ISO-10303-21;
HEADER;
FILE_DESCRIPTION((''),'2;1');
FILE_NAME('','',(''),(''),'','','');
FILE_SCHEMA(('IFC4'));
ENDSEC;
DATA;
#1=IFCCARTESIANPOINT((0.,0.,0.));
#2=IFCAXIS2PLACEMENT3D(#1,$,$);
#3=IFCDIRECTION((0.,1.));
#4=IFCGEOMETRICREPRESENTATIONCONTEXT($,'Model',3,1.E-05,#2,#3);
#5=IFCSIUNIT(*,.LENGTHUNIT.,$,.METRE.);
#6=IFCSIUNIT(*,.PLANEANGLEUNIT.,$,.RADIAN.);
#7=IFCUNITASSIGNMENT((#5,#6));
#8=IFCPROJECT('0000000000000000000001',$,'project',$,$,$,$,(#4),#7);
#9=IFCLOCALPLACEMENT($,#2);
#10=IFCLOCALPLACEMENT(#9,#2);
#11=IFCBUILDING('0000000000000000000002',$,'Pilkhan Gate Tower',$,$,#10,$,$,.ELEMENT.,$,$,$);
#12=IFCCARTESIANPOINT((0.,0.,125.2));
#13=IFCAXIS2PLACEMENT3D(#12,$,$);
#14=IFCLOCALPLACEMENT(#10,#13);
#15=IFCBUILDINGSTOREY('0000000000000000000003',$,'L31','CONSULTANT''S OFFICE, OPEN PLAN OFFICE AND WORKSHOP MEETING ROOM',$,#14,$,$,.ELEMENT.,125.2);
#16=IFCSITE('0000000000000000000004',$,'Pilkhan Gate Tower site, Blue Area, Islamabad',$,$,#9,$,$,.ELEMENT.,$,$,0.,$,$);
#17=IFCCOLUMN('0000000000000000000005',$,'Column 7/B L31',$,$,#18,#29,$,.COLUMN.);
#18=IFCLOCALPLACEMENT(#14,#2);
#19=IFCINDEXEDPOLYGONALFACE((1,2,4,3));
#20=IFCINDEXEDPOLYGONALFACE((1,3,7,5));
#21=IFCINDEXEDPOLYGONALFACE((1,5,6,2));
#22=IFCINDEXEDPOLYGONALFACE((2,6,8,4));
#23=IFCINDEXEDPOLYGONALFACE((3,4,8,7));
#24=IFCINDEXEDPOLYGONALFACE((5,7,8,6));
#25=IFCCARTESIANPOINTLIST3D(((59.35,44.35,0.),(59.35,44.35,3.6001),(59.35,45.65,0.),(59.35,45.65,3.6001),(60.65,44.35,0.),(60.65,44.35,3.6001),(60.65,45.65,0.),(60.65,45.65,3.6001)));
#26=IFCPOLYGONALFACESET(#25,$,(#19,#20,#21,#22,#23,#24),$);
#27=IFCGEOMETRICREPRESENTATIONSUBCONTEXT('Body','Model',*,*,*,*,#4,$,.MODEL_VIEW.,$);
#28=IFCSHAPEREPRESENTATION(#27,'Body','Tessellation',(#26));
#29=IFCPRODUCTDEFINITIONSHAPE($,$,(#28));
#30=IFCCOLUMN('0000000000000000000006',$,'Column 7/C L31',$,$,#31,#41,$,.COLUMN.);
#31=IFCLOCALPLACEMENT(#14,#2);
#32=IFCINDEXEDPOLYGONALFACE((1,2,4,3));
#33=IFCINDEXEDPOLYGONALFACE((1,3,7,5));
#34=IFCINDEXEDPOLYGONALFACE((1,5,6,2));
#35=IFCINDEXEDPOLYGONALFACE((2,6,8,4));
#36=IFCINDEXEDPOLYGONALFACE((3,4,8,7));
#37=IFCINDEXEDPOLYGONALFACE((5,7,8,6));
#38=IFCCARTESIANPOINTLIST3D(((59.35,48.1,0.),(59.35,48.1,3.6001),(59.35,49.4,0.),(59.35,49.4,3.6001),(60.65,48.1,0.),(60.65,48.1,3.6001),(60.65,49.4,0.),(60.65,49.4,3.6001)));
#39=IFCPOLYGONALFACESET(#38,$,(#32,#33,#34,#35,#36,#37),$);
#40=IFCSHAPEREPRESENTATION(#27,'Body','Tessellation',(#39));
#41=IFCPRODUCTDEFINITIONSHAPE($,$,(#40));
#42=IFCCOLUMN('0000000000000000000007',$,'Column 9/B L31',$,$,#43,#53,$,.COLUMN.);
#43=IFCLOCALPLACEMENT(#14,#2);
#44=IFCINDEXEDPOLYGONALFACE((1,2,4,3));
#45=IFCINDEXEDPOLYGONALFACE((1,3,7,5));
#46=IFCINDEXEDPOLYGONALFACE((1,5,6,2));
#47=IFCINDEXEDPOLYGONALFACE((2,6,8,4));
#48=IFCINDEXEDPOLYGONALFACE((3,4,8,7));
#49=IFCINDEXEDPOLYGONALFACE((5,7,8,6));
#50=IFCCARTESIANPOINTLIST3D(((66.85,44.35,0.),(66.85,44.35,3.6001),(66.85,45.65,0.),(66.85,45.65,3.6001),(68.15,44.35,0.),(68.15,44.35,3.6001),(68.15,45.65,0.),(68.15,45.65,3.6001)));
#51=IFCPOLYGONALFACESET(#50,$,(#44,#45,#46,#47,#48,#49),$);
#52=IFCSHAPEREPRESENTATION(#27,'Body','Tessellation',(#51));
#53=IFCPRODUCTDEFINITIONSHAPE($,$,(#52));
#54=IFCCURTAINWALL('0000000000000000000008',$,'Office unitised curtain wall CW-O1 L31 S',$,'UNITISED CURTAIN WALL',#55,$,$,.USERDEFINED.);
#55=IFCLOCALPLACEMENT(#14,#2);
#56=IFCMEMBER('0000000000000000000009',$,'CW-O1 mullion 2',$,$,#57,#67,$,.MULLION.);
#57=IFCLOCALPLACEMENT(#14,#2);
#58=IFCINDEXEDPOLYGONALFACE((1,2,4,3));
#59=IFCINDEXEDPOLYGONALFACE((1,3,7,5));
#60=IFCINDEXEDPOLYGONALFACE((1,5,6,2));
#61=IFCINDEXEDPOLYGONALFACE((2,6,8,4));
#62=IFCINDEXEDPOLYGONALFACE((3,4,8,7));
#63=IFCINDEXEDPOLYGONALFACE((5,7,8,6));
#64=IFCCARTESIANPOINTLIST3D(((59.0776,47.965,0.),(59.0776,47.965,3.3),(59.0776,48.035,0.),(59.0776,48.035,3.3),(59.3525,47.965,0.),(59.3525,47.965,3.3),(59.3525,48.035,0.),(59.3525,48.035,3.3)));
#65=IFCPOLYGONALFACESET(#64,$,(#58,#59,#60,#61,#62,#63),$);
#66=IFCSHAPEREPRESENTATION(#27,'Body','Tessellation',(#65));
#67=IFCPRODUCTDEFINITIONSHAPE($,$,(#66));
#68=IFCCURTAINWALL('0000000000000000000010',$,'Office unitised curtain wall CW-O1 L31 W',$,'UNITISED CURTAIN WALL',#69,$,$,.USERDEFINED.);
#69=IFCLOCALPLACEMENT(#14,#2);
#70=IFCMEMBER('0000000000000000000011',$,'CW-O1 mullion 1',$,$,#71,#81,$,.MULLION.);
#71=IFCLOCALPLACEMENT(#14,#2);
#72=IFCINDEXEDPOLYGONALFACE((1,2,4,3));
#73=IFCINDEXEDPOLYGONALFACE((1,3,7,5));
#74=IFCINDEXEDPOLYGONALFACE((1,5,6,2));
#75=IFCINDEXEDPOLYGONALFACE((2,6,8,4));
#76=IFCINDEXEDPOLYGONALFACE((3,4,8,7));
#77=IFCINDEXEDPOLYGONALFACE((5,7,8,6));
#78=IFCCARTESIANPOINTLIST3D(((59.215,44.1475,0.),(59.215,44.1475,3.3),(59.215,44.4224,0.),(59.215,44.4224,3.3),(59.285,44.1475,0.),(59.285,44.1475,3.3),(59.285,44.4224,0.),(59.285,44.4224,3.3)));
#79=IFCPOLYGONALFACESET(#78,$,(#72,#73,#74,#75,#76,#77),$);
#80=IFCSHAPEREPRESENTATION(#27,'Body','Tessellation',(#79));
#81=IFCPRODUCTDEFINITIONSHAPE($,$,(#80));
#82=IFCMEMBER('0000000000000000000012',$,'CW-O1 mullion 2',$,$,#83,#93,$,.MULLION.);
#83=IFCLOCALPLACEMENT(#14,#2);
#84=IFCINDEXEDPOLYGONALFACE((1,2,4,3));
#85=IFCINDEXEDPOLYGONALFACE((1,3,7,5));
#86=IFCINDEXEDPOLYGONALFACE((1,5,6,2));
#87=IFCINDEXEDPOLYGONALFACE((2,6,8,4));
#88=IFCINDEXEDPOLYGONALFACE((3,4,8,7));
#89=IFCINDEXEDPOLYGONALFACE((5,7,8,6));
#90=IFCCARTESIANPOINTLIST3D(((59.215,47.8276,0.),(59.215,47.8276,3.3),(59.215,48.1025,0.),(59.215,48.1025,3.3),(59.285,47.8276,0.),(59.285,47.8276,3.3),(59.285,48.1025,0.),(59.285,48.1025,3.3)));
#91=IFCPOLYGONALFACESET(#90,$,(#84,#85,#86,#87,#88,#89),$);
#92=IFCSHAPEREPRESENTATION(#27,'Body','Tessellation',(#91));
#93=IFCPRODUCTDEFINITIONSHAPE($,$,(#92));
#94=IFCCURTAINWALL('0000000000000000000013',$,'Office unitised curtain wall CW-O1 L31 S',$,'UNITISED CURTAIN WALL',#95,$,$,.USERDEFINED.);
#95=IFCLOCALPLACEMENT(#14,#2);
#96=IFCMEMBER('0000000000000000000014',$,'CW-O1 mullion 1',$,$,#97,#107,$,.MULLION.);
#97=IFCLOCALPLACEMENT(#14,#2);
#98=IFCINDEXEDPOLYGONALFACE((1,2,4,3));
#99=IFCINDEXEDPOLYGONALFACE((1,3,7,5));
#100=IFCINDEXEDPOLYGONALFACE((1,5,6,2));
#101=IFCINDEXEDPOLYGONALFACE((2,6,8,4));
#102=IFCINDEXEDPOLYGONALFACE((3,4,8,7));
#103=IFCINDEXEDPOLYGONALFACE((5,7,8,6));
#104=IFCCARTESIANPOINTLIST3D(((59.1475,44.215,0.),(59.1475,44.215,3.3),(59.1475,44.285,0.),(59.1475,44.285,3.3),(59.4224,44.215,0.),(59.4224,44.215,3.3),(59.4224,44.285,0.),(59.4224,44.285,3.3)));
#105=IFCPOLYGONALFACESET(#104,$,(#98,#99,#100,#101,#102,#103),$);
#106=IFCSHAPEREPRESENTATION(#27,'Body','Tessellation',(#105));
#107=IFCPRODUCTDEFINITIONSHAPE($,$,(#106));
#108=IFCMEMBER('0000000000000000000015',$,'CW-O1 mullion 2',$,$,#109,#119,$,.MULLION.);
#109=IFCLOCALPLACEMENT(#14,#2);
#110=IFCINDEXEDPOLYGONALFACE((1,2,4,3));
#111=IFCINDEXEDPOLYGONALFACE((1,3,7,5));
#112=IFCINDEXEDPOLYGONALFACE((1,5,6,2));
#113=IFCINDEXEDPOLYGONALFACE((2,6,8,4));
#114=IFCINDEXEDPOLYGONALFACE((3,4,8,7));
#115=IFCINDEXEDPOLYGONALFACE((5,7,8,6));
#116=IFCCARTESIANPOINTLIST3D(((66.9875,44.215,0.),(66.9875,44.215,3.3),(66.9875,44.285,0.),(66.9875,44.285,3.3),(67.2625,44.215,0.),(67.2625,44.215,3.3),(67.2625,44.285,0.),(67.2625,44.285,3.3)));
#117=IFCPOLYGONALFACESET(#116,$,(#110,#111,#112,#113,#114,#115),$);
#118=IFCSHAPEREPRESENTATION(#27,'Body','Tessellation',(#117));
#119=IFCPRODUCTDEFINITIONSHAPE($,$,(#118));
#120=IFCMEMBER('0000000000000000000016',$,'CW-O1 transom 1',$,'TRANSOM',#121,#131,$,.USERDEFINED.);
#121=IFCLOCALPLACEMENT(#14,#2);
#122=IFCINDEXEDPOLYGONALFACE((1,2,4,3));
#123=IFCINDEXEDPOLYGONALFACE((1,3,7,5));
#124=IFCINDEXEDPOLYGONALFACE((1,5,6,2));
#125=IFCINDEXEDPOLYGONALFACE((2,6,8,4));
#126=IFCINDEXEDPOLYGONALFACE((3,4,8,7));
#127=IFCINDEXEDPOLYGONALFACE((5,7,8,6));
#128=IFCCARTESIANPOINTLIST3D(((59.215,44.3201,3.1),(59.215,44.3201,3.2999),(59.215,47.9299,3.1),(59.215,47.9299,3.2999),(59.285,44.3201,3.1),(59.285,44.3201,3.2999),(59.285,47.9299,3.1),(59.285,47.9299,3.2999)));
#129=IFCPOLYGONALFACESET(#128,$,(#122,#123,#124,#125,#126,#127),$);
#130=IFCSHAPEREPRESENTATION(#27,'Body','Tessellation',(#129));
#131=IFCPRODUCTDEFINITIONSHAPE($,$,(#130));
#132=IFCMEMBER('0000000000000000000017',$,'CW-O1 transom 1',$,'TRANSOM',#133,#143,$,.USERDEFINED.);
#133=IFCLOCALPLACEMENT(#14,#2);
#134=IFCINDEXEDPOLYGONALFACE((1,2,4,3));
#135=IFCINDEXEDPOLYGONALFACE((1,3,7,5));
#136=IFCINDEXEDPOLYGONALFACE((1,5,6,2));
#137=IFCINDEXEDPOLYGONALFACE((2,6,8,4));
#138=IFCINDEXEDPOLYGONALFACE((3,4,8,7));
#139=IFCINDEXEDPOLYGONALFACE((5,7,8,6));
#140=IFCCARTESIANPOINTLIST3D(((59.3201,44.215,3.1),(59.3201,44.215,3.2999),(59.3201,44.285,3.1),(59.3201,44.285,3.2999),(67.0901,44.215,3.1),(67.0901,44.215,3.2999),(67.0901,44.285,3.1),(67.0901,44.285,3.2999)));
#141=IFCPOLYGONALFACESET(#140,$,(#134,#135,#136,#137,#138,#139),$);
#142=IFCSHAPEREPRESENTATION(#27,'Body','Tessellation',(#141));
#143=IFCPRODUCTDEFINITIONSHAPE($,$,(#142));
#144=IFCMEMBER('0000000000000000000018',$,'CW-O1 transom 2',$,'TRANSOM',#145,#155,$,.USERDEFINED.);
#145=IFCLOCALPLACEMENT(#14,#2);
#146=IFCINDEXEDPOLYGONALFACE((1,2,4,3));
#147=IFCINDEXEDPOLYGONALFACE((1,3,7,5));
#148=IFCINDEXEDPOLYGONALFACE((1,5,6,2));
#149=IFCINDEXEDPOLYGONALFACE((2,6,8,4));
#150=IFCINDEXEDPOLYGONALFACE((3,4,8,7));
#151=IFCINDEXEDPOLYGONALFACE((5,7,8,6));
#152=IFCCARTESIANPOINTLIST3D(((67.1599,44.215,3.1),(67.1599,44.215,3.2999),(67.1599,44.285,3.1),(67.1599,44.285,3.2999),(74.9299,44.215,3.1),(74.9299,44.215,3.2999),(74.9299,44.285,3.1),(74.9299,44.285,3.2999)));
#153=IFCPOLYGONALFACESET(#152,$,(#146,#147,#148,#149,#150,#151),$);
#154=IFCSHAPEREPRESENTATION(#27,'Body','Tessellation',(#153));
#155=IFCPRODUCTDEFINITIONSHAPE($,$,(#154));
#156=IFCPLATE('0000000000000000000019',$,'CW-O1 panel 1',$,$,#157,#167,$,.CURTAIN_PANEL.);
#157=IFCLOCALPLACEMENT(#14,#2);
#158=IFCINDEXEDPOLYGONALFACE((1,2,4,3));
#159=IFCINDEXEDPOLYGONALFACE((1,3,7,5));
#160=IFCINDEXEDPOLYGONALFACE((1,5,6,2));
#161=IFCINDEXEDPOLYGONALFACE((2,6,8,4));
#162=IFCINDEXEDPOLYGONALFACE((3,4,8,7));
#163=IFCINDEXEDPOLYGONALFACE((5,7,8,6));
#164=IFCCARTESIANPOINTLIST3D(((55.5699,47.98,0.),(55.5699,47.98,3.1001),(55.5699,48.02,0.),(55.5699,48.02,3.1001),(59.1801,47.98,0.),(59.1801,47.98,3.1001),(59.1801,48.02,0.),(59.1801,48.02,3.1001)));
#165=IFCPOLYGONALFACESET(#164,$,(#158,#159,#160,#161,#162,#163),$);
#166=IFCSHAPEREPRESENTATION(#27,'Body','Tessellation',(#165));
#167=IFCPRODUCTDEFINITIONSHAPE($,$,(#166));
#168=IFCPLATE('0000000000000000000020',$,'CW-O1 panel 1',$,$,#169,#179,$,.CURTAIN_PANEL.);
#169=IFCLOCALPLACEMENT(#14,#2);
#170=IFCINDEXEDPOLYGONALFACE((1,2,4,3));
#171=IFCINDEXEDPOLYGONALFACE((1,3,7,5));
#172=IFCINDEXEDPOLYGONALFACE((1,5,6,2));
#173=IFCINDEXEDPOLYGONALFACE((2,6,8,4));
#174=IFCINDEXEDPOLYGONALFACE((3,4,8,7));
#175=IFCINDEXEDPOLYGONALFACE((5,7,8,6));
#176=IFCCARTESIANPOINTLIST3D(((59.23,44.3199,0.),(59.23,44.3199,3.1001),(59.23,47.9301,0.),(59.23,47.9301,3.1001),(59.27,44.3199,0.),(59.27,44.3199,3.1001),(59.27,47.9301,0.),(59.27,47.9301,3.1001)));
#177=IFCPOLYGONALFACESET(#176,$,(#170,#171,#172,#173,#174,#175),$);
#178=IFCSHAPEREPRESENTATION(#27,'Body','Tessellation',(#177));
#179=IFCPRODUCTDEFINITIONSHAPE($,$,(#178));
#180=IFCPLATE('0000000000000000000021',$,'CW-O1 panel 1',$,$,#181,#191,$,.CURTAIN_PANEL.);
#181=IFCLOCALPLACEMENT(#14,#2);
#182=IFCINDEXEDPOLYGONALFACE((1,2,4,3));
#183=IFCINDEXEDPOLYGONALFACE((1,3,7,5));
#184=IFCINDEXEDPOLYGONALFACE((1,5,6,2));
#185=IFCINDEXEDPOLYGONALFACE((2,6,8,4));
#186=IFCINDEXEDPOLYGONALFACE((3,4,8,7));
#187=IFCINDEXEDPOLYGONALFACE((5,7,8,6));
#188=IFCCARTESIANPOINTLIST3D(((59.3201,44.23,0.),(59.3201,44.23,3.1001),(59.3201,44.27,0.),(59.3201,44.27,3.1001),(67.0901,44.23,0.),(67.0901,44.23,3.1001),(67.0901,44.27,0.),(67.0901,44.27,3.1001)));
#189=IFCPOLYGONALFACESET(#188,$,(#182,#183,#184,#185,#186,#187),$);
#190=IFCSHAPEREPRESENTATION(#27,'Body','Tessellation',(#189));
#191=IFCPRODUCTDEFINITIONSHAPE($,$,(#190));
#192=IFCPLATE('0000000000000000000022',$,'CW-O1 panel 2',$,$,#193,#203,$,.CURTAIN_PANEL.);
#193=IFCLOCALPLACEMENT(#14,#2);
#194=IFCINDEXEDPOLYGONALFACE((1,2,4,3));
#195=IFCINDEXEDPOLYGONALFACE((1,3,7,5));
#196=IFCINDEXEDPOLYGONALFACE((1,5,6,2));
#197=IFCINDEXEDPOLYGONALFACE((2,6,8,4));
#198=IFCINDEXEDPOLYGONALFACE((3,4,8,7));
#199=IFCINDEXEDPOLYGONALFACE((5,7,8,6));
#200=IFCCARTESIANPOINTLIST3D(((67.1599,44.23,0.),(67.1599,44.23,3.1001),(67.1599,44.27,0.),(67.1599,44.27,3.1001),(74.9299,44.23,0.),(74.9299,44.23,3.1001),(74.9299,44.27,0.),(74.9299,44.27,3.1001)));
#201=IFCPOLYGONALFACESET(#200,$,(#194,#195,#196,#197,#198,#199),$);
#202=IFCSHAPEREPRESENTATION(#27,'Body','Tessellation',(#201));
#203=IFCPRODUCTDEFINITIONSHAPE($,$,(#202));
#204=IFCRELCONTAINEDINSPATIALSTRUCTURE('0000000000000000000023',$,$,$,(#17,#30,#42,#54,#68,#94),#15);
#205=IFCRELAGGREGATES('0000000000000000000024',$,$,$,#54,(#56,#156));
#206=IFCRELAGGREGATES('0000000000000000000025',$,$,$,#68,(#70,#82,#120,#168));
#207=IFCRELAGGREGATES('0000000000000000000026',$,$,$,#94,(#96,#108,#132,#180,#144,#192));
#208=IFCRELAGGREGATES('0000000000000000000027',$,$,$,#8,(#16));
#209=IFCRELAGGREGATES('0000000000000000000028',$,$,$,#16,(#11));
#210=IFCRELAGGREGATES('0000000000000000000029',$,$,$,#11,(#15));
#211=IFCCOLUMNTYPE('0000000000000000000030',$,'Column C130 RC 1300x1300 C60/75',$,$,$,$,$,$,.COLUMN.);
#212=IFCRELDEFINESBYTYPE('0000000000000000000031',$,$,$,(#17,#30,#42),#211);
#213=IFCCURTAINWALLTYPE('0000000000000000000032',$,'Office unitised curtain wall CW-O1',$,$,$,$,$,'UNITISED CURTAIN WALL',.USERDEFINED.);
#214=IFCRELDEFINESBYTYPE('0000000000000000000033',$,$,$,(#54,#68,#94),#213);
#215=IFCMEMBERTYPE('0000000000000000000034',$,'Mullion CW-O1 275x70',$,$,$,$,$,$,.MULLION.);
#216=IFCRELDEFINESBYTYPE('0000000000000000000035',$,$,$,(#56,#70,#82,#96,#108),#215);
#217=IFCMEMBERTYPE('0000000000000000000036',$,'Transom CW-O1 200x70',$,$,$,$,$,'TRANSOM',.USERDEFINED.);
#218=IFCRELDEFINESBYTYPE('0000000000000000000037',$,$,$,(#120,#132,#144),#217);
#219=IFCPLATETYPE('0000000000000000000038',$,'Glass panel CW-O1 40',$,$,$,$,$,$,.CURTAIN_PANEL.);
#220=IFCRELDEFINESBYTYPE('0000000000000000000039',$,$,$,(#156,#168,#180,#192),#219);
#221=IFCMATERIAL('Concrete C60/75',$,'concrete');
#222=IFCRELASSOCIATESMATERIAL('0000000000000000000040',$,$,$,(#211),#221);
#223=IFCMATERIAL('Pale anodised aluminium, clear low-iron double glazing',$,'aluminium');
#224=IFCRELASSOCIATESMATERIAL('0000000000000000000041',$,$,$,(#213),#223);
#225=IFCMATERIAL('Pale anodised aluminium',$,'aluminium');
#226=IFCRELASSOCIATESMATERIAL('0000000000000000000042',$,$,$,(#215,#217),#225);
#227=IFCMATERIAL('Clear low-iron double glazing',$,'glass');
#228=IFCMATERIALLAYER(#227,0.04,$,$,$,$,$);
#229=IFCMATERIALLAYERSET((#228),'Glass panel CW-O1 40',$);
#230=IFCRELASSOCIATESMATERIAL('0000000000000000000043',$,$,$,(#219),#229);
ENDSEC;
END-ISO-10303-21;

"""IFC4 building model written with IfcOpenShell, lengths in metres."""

from ifc_helpers import new_model, si_unit, direction, frame, origin, origin_2d, place, context, subcontext, project, spatial, rectangle, extrude, material, layer, layer_set, material_profile, profile_set, type_object, element, aggregate, save


model = new_model("IFC4")

# Units and contexts
model_context = context("Model", 3, precision=1e-05, world=origin(), true_north=direction((0.0, 1.0)))
body_context = subcontext(model_context, "Body", "Model", "MODEL_VIEW")
ifc_project = project(units=[si_unit("LENGTHUNIT", "METRE"), si_unit("PLANEANGLEUNIT", "RADIAN")], contexts=[model_context])

# Site, building, storey
site_placement = place(None, origin())
site = spatial("IfcSite", under=ifc_project, at=site_placement, Name="Pilkhan Gate Tower site, Blue Area, Islamabad", CompositionType="ELEMENT", RefElevation=0.0)
building_placement = place(site_placement, origin())
building = spatial("IfcBuilding", under=site, at=building_placement, Name="Pilkhan Gate Tower", CompositionType="ELEMENT")
storey_placement = place(building_placement, frame((0.0, 0.0, 125.2)))
storey = spatial("IfcBuildingStorey", under=building, at=storey_placement, Name="L31", Description="CONSULTANT'S OFFICE, OPEN PLAN OFFICE AND WORKSHOP MEETING ROOM", CompositionType="ELEMENT", Elevation=125.2)

# Columns
ifc_material_1 = material(Name="Concrete C60/75", Category="concrete")
ifc_material_profile_1 = material_profile(ifc_material_1, rectangle(XDim=1.3, YDim=1.3, at=origin_2d()), Name="RC 1300x1300")
ifc_profile_set_1 = profile_set([ifc_material_profile_1], Name="Concrete C60/75")
column_type = type_object("IfcColumnType", Name="Column C130 RC 1300x1300 C60/75", PredefinedType="COLUMN", material=ifc_profile_set_1)
for number, where, z_axis, x_axis, name in (
    (1, (60.0, 45.0, 0.0), (0.0, 0.0, 1.0), (1.0, 0.0, 0.0), "Column 7/B L31"),
    (2, (60.0, 48.75, 0.0), (0.0, 0.0, 1.0), (1.0, 0.0, 0.0), "Column 7/C L31"),
    (3, (67.5, 45.0, 0.0), (0.0, 0.0, 1.0), (1.0, 0.0, 0.0), "Column 9/B L31"),
):
    element("IfcColumn", number, at=place(storey_placement, frame(where, z_axis=z_axis, x_axis=x_axis)), inside=storey, type_object=column_type, Name=name, PredefinedType="COLUMN", context=body_context, shape_type="SweptSolid", body=[
        extrude(rectangle(XDim=1.3, YDim=1.3, at=origin_2d()), origin(), (0.0, 0.0, 1.0), 3.6001),
    ])

# Curtain wall, member
ifc_material_2 = material(Name="Pale anodised aluminium, clear low-iron double glazing", Category="aluminium")
curtain_wall_type = type_object("IfcCurtainWallType", Name="Office unitised curtain wall CW-O1", ElementType="UNITISED CURTAIN WALL", PredefinedType="USERDEFINED", material=ifc_material_2)
curtain_wall_1_placement = place(storey_placement, origin())
curtain_wall_1 = element("IfcCurtainWall", 4, at=curtain_wall_1_placement, inside=storey, type_object=curtain_wall_type, Name="Office unitised curtain wall CW-O1 L31 S", ObjectType="UNITISED CURTAIN WALL", PredefinedType="USERDEFINED")
ifc_material_3 = material(Name="Pale anodised aluminium", Category="aluminium")
ifc_material_profile_2 = material_profile(ifc_material_3, rectangle(XDim=0.0701, YDim=0.2749, at=origin_2d()), Name="Mullion 275x70")
ifc_profile_set_2 = profile_set([ifc_material_profile_2], Name="Pale anodised aluminium")
member_type_1 = type_object("IfcMemberType", Name="Mullion CW-O1 275x70", PredefinedType="MULLION", material=ifc_profile_set_2)
member_1_placement = place(storey_placement, frame((59.2151, 48.0, 0.0), z_axis=(0.0, 0.0, 1.0), x_axis=(0.0, 1.0, 0.0)))
member_1 = element("IfcMember", 5, at=member_1_placement, type_object=member_type_1, Name="CW-O1 mullion 2", PredefinedType="MULLION", context=body_context, shape_type="SweptSolid", body=[
    extrude(rectangle(XDim=0.0701, YDim=0.2749, at=origin_2d()), origin(), (0.0, 0.0, 1.0), 3.3),
])

# Curtain walls, members
curtain_wall_2_placement = place(storey_placement, origin())
curtain_wall_2 = element("IfcCurtainWall", 6, at=curtain_wall_2_placement, inside=storey, type_object=curtain_wall_type, Name="Office unitised curtain wall CW-O1 L31 W", ObjectType="UNITISED CURTAIN WALL", PredefinedType="USERDEFINED")
member_2_placement = place(storey_placement, frame((59.25, 44.2849, 0.0), z_axis=(0.0, 0.0, 1.0), x_axis=(-1.0, 0.0, 0.0)))
member_2 = element("IfcMember", 7, at=member_2_placement, type_object=member_type_1, Name="CW-O1 mullion 1", PredefinedType="MULLION", context=body_context, shape_type="SweptSolid", body=[
    extrude(rectangle(XDim=0.0701, YDim=0.2749, at=origin_2d()), origin(), (0.0, 0.0, 1.0), 3.3),
])
member_3_placement = place(storey_placement, frame((59.25, 47.9651, 0.0), z_axis=(0.0, 0.0, 1.0), x_axis=(-1.0, 0.0, 0.0)))
member_3 = element("IfcMember", 8, at=member_3_placement, type_object=member_type_1, Name="CW-O1 mullion 2", PredefinedType="MULLION", context=body_context, shape_type="SweptSolid", body=[
    extrude(rectangle(XDim=0.0701, YDim=0.2749, at=origin_2d()), origin(), (0.0, 0.0, 1.0), 3.3),
])
curtain_wall_3_placement = place(storey_placement, origin())
curtain_wall_3 = element("IfcCurtainWall", 9, at=curtain_wall_3_placement, inside=storey, type_object=curtain_wall_type, Name="Office unitised curtain wall CW-O1 L31 S", ObjectType="UNITISED CURTAIN WALL", PredefinedType="USERDEFINED")
member_4_placement = place(storey_placement, frame((59.2849, 44.25, 0.0), z_axis=(0.0, 0.0, 1.0), x_axis=(0.0, 1.0, 0.0)))
member_4 = element("IfcMember", 10, at=member_4_placement, type_object=member_type_1, Name="CW-O1 mullion 1", PredefinedType="MULLION", context=body_context, shape_type="SweptSolid", body=[
    extrude(rectangle(XDim=0.0701, YDim=0.2749, at=origin_2d()), origin(), (0.0, 0.0, 1.0), 3.3),
])
member_5_placement = place(storey_placement, frame((67.125, 44.25, 0.0), z_axis=(0.0, 0.0, 1.0), x_axis=(0.0, 1.0, 0.0)))
member_5 = element("IfcMember", 11, at=member_5_placement, type_object=member_type_1, Name="CW-O1 mullion 2", PredefinedType="MULLION", context=body_context, shape_type="SweptSolid", body=[
    extrude(rectangle(XDim=0.0701, YDim=0.2749, at=origin_2d()), origin(), (0.0, 0.0, 1.0), 3.3),
])

# Members
ifc_material_profile_3 = material_profile(ifc_material_3, rectangle(XDim=0.0701, YDim=0.2, at=origin_2d()), Name="Transom 200x70")
ifc_profile_set_3 = profile_set([ifc_material_profile_3], Name="Pale anodised aluminium")
member_type_2 = type_object("IfcMemberType", Name="Transom CW-O1 200x70", ElementType="TRANSOM", PredefinedType="USERDEFINED", material=ifc_profile_set_3)
member_6_placement = place(storey_placement, frame((59.25, 44.3201, 3.2), z_axis=(0.0, 1.0, 0.0), x_axis=(-1.0, 0.0, 0.0)))
member_6 = element("IfcMember", 12, at=member_6_placement, type_object=member_type_2, Name="CW-O1 transom 1", ObjectType="TRANSOM", PredefinedType="USERDEFINED", context=body_context, shape_type="SweptSolid", body=[
    extrude(rectangle(XDim=0.0701, YDim=0.2, at=origin_2d()), origin(), (0.0, 0.0, 1.0), 3.6099),
])
member_7_placement = place(storey_placement, frame((59.3201, 44.25, 3.2), z_axis=(1.0, 0.0, 0.0), x_axis=(0.0, 1.0, 0.0)))
member_7 = element("IfcMember", 13, at=member_7_placement, type_object=member_type_2, Name="CW-O1 transom 1", ObjectType="TRANSOM", PredefinedType="USERDEFINED", context=body_context, shape_type="SweptSolid", body=[
    extrude(rectangle(XDim=0.0701, YDim=0.2, at=origin_2d()), origin(), (0.0, 0.0, 1.0), 7.77),
])
member_8_placement = place(storey_placement, frame((67.1599, 44.25, 3.2), z_axis=(1.0, 0.0, 0.0), x_axis=(0.0, 1.0, 0.0)))
member_8 = element("IfcMember", 14, at=member_8_placement, type_object=member_type_2, Name="CW-O1 transom 2", ObjectType="TRANSOM", PredefinedType="USERDEFINED", context=body_context, shape_type="SweptSolid", body=[
    extrude(rectangle(XDim=0.0701, YDim=0.2, at=origin_2d()), origin(), (0.0, 0.0, 1.0), 7.77),
])

# Plates
ifc_material_4 = material(Name="Clear low-iron double glazing", Category="glass")
ifc_layer_1 = layer(ifc_material_4, 0.04)
ifc_layer_set_1 = layer_set([ifc_layer_1], Name="Glass panel CW-O1 40")
plate_type = type_object("IfcPlateType", Name="Glass panel CW-O1 40", PredefinedType="CURTAIN_PANEL", material=ifc_layer_set_1)
plate_1_placement = place(storey_placement, frame((57.375, 48.0, 0.0), z_axis=(0.0, 0.0, 1.0), x_axis=(1.0, 0.0, 0.0)))
plate_1 = element("IfcPlate", 15, at=plate_1_placement, type_object=plate_type, Name="CW-O1 panel 1", PredefinedType="CURTAIN_PANEL", context=body_context, shape_type="SweptSolid", body=[
    extrude(rectangle(XDim=3.6101, YDim=0.04, at=origin_2d()), origin(), (0.0, 0.0, 1.0), 3.1001),
])
aggregate(curtain_wall_1, [member_1, plate_1])
plate_2_placement = place(storey_placement, frame((59.25, 46.125, 0.0), z_axis=(0.0, 0.0, 1.0), x_axis=(0.0, 1.0, 0.0)))
plate_2 = element("IfcPlate", 16, at=plate_2_placement, type_object=plate_type, Name="CW-O1 panel 1", PredefinedType="CURTAIN_PANEL", context=body_context, shape_type="SweptSolid", body=[
    extrude(rectangle(XDim=3.6101, YDim=0.04, at=origin_2d()), origin(), (0.0, 0.0, 1.0), 3.1001),
])
aggregate(curtain_wall_2, [member_2, member_3, member_6, plate_2])
plate_3_placement = place(storey_placement, frame((63.2051, 44.25, 0.0), z_axis=(0.0, 0.0, 1.0), x_axis=(1.0, 0.0, 0.0)))
plate_3 = element("IfcPlate", 17, at=plate_3_placement, type_object=plate_type, Name="CW-O1 panel 1", PredefinedType="CURTAIN_PANEL", context=body_context, shape_type="SweptSolid", body=[
    extrude(rectangle(XDim=7.77, YDim=0.04, at=origin_2d()), origin(), (0.0, 0.0, 1.0), 3.1001),
])
plate_4_placement = place(storey_placement, frame((71.0449, 44.25, 0.0), z_axis=(0.0, 0.0, 1.0), x_axis=(1.0, 0.0, 0.0)))
plate_4 = element("IfcPlate", 18, at=plate_4_placement, type_object=plate_type, Name="CW-O1 panel 2", PredefinedType="CURTAIN_PANEL", context=body_context, shape_type="SweptSolid", body=[
    extrude(rectangle(XDim=7.77, YDim=0.04, at=origin_2d()), origin(), (0.0, 0.0, 1.0), 3.1001),
])
aggregate(curtain_wall_3, [member_4, member_5, member_7, plate_3, member_8, plate_4])

save(model, "model.ifc")
